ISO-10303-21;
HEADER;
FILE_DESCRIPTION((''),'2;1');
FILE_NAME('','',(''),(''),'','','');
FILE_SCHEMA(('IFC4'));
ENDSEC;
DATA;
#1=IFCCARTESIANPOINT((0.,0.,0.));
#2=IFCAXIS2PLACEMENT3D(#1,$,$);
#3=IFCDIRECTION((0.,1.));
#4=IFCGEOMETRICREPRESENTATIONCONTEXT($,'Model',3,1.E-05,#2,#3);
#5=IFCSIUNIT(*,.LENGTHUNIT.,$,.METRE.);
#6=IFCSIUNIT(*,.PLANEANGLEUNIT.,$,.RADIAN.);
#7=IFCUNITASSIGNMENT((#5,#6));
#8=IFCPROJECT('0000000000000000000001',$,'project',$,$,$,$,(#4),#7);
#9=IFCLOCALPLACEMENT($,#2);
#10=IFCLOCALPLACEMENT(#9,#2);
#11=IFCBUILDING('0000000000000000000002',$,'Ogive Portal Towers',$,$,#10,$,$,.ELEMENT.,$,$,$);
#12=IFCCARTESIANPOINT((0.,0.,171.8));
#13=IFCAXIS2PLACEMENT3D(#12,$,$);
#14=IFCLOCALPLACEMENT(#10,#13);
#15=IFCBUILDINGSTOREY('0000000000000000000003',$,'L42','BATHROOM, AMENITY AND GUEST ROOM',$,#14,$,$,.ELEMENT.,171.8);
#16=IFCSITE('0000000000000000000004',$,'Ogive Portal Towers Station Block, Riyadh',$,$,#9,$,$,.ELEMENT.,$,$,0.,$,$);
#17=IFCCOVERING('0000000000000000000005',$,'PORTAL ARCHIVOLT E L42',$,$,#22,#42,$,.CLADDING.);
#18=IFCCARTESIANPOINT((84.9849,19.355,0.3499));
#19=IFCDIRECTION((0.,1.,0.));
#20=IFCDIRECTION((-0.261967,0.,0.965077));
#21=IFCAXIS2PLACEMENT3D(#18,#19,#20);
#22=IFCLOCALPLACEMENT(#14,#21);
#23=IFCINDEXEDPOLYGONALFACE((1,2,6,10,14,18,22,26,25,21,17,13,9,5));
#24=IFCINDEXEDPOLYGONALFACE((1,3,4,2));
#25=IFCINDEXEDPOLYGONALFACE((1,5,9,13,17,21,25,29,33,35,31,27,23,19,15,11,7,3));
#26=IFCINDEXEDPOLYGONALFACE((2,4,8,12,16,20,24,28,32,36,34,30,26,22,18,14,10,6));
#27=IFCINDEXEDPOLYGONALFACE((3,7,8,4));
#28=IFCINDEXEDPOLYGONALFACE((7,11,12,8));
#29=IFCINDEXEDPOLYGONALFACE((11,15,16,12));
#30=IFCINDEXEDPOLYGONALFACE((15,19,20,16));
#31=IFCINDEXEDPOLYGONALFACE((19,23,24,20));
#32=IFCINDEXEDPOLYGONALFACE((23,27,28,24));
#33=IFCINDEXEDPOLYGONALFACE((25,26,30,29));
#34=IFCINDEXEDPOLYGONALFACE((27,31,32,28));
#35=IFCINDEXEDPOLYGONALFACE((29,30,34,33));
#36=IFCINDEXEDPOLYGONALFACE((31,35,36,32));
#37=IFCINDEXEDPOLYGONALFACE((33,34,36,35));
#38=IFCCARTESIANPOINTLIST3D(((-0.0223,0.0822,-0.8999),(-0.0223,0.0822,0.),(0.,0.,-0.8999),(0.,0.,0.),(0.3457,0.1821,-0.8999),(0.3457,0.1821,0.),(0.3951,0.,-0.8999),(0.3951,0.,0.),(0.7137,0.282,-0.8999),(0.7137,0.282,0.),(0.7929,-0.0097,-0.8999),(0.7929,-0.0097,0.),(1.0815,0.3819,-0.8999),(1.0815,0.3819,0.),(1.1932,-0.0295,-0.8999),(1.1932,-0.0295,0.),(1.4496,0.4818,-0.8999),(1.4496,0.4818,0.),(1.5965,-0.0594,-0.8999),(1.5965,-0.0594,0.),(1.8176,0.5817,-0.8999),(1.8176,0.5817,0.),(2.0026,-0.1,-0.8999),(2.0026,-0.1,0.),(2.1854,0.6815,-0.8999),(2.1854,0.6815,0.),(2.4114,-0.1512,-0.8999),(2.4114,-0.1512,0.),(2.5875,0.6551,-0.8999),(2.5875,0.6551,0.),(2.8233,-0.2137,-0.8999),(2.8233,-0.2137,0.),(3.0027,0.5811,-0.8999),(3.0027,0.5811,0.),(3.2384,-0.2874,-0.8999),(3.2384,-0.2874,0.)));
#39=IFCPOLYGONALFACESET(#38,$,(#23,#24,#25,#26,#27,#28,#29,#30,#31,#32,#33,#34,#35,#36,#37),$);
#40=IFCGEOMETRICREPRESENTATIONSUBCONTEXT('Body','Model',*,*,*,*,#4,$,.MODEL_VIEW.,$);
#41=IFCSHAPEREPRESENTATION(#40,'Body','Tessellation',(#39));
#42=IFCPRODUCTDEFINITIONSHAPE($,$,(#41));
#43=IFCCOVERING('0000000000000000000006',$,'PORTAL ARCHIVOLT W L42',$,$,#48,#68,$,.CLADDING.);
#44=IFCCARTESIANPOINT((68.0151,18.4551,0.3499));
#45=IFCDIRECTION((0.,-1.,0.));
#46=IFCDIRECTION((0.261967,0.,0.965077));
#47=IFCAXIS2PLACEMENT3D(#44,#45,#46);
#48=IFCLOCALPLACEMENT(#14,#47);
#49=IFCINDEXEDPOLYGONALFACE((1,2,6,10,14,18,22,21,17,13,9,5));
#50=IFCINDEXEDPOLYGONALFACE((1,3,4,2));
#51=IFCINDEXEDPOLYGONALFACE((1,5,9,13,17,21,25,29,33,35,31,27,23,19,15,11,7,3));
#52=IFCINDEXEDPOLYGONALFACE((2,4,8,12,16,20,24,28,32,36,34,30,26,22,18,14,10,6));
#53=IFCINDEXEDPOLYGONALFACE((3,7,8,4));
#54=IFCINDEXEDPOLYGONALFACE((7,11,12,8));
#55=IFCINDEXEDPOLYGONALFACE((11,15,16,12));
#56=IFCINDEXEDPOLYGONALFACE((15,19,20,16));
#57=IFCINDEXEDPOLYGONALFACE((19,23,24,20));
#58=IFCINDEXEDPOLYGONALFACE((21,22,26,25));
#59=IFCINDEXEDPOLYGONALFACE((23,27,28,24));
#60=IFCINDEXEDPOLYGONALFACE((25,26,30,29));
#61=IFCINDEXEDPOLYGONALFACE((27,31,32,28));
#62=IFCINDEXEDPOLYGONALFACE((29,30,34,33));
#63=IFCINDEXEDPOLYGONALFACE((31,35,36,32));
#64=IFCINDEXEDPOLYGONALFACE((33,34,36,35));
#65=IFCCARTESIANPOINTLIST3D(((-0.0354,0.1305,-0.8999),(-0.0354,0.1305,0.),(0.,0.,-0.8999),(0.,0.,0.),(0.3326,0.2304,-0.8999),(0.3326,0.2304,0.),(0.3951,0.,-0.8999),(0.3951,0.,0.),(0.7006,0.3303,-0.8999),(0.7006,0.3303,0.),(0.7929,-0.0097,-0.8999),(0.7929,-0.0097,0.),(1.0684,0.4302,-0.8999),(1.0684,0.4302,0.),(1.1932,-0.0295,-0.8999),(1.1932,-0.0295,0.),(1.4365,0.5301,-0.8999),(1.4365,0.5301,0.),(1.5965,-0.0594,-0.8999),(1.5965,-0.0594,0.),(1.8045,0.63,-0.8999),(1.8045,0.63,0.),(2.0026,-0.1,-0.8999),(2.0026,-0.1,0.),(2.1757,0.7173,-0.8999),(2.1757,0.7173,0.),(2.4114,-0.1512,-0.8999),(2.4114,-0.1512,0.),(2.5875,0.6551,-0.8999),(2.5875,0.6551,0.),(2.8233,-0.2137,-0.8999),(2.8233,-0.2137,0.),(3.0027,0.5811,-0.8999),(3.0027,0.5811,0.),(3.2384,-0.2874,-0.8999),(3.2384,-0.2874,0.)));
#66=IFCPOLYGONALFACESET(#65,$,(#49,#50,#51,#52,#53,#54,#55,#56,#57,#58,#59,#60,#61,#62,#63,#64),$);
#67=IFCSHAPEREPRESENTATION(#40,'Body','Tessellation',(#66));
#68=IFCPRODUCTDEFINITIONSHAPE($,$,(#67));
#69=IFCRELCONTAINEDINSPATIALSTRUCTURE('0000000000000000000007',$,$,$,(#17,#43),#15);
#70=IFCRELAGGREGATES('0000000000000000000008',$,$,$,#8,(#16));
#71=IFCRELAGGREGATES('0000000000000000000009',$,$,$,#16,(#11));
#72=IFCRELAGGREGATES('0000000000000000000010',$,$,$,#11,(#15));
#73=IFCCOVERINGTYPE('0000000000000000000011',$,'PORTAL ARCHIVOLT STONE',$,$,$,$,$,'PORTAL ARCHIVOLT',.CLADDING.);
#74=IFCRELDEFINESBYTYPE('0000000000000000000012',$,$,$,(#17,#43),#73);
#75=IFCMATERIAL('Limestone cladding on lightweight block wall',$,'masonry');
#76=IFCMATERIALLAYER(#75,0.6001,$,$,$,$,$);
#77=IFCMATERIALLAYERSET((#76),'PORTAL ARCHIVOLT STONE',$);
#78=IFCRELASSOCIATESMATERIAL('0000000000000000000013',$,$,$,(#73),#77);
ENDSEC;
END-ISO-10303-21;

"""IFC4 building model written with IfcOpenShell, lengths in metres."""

from ifc_helpers import new_model, si_unit, direction, frame, origin, place, context, subcontext, project, spatial, polyline, outline, extrude, material, layer, layer_set, type_object, element, save


model = new_model("IFC4")

# Units and contexts
model_context = context("Model", 3, precision=1e-05, world=origin(), true_north=direction((0.0, 1.0)))
body_context = subcontext(model_context, "Body", "Model", "MODEL_VIEW")
ifc_project = project(units=[si_unit("LENGTHUNIT", "METRE"), si_unit("PLANEANGLEUNIT", "RADIAN")], contexts=[model_context])

# Site, building, storey
site_placement = place(None, origin())
site = spatial("IfcSite", under=ifc_project, at=site_placement, Name="Ogive Portal Towers Station Block, Riyadh", CompositionType="ELEMENT", RefElevation=0.0)
building_placement = place(site_placement, origin())
building = spatial("IfcBuilding", under=site, at=building_placement, Name="Ogive Portal Towers", CompositionType="ELEMENT")
storey_placement = place(building_placement, frame((0.0, 0.0, 171.8)))
storey = spatial("IfcBuildingStorey", under=building, at=storey_placement, Name="L42", Description="BATHROOM, AMENITY AND GUEST ROOM", CompositionType="ELEMENT", Elevation=171.8)

# Coverings
ifc_material_1 = material(Name="Limestone cladding on lightweight block wall", Category="masonry")
ifc_layer_1 = layer(ifc_material_1, 0.6001)
ifc_layer_set_1 = layer_set([ifc_layer_1], Name="PORTAL ARCHIVOLT STONE")
covering_type_1 = type_object("IfcCoveringType", Name="PORTAL ARCHIVOLT STONE", ElementType="PORTAL ARCHIVOLT", PredefinedType="CLADDING", material=ifc_layer_set_1)
covering_1_placement = place(storey_placement, frame((84.9849, 19.355, 0.3499), z_axis=(0.0, 1.0, 0.0), x_axis=(-0.261967, 0.0, 0.965077)))
element("IfcCovering", 1, at=covering_1_placement, inside=storey, type_object=covering_type_1, Name="PORTAL ARCHIVOLT E L42", PredefinedType="CLADDING", context=body_context, shape_type="SweptSolid", body=[
    extrude(outline(polyline([(0.0, 0.0), (0.3951, 0.0), (0.7929, -0.0097), (1.1932, -0.0295), (1.5965, -0.0594), (2.0026, -0.1), (2.4114, -0.1512), (2.8233, -0.2137), (3.2384, -0.2874), (3.0027, 0.5811), (2.5875, 0.6551), (2.1854, 0.6815), (1.8176, 0.5817), (1.4496, 0.4818), (1.0815, 0.3819), (0.7137, 0.282), (0.3457, 0.1821), (-0.0223, 0.0822), (0.0, 0.0)])), origin(), (0.0, 0.0, -1.0), 0.8999),
])
covering_2_placement = place(storey_placement, frame((68.0151, 18.4551, 0.3499), z_axis=(0.0, -1.0, 0.0), x_axis=(0.261967, 0.0, 0.965077)))
element("IfcCovering", 2, at=covering_2_placement, inside=storey, type_object=covering_type_1, Name="PORTAL ARCHIVOLT W L42", PredefinedType="CLADDING", context=body_context, shape_type="SweptSolid", body=[
    extrude(outline(polyline([(0.0, 0.0), (0.3951, 0.0), (0.7929, -0.0097), (1.1932, -0.0295), (1.5965, -0.0594), (2.0026, -0.1), (2.4114, -0.1512), (2.8233, -0.2137), (3.2384, -0.2874), (3.0027, 0.5811), (2.5875, 0.6551), (2.1757, 0.7173), (1.8045, 0.63), (1.4365, 0.5301), (1.0684, 0.4302), (0.7006, 0.3303), (0.3326, 0.2304), (-0.0354, 0.1305), (0.0, 0.0)])), origin(), (0.0, 0.0, -1.0), 0.8999),
])

save(model, "model.ifc")
